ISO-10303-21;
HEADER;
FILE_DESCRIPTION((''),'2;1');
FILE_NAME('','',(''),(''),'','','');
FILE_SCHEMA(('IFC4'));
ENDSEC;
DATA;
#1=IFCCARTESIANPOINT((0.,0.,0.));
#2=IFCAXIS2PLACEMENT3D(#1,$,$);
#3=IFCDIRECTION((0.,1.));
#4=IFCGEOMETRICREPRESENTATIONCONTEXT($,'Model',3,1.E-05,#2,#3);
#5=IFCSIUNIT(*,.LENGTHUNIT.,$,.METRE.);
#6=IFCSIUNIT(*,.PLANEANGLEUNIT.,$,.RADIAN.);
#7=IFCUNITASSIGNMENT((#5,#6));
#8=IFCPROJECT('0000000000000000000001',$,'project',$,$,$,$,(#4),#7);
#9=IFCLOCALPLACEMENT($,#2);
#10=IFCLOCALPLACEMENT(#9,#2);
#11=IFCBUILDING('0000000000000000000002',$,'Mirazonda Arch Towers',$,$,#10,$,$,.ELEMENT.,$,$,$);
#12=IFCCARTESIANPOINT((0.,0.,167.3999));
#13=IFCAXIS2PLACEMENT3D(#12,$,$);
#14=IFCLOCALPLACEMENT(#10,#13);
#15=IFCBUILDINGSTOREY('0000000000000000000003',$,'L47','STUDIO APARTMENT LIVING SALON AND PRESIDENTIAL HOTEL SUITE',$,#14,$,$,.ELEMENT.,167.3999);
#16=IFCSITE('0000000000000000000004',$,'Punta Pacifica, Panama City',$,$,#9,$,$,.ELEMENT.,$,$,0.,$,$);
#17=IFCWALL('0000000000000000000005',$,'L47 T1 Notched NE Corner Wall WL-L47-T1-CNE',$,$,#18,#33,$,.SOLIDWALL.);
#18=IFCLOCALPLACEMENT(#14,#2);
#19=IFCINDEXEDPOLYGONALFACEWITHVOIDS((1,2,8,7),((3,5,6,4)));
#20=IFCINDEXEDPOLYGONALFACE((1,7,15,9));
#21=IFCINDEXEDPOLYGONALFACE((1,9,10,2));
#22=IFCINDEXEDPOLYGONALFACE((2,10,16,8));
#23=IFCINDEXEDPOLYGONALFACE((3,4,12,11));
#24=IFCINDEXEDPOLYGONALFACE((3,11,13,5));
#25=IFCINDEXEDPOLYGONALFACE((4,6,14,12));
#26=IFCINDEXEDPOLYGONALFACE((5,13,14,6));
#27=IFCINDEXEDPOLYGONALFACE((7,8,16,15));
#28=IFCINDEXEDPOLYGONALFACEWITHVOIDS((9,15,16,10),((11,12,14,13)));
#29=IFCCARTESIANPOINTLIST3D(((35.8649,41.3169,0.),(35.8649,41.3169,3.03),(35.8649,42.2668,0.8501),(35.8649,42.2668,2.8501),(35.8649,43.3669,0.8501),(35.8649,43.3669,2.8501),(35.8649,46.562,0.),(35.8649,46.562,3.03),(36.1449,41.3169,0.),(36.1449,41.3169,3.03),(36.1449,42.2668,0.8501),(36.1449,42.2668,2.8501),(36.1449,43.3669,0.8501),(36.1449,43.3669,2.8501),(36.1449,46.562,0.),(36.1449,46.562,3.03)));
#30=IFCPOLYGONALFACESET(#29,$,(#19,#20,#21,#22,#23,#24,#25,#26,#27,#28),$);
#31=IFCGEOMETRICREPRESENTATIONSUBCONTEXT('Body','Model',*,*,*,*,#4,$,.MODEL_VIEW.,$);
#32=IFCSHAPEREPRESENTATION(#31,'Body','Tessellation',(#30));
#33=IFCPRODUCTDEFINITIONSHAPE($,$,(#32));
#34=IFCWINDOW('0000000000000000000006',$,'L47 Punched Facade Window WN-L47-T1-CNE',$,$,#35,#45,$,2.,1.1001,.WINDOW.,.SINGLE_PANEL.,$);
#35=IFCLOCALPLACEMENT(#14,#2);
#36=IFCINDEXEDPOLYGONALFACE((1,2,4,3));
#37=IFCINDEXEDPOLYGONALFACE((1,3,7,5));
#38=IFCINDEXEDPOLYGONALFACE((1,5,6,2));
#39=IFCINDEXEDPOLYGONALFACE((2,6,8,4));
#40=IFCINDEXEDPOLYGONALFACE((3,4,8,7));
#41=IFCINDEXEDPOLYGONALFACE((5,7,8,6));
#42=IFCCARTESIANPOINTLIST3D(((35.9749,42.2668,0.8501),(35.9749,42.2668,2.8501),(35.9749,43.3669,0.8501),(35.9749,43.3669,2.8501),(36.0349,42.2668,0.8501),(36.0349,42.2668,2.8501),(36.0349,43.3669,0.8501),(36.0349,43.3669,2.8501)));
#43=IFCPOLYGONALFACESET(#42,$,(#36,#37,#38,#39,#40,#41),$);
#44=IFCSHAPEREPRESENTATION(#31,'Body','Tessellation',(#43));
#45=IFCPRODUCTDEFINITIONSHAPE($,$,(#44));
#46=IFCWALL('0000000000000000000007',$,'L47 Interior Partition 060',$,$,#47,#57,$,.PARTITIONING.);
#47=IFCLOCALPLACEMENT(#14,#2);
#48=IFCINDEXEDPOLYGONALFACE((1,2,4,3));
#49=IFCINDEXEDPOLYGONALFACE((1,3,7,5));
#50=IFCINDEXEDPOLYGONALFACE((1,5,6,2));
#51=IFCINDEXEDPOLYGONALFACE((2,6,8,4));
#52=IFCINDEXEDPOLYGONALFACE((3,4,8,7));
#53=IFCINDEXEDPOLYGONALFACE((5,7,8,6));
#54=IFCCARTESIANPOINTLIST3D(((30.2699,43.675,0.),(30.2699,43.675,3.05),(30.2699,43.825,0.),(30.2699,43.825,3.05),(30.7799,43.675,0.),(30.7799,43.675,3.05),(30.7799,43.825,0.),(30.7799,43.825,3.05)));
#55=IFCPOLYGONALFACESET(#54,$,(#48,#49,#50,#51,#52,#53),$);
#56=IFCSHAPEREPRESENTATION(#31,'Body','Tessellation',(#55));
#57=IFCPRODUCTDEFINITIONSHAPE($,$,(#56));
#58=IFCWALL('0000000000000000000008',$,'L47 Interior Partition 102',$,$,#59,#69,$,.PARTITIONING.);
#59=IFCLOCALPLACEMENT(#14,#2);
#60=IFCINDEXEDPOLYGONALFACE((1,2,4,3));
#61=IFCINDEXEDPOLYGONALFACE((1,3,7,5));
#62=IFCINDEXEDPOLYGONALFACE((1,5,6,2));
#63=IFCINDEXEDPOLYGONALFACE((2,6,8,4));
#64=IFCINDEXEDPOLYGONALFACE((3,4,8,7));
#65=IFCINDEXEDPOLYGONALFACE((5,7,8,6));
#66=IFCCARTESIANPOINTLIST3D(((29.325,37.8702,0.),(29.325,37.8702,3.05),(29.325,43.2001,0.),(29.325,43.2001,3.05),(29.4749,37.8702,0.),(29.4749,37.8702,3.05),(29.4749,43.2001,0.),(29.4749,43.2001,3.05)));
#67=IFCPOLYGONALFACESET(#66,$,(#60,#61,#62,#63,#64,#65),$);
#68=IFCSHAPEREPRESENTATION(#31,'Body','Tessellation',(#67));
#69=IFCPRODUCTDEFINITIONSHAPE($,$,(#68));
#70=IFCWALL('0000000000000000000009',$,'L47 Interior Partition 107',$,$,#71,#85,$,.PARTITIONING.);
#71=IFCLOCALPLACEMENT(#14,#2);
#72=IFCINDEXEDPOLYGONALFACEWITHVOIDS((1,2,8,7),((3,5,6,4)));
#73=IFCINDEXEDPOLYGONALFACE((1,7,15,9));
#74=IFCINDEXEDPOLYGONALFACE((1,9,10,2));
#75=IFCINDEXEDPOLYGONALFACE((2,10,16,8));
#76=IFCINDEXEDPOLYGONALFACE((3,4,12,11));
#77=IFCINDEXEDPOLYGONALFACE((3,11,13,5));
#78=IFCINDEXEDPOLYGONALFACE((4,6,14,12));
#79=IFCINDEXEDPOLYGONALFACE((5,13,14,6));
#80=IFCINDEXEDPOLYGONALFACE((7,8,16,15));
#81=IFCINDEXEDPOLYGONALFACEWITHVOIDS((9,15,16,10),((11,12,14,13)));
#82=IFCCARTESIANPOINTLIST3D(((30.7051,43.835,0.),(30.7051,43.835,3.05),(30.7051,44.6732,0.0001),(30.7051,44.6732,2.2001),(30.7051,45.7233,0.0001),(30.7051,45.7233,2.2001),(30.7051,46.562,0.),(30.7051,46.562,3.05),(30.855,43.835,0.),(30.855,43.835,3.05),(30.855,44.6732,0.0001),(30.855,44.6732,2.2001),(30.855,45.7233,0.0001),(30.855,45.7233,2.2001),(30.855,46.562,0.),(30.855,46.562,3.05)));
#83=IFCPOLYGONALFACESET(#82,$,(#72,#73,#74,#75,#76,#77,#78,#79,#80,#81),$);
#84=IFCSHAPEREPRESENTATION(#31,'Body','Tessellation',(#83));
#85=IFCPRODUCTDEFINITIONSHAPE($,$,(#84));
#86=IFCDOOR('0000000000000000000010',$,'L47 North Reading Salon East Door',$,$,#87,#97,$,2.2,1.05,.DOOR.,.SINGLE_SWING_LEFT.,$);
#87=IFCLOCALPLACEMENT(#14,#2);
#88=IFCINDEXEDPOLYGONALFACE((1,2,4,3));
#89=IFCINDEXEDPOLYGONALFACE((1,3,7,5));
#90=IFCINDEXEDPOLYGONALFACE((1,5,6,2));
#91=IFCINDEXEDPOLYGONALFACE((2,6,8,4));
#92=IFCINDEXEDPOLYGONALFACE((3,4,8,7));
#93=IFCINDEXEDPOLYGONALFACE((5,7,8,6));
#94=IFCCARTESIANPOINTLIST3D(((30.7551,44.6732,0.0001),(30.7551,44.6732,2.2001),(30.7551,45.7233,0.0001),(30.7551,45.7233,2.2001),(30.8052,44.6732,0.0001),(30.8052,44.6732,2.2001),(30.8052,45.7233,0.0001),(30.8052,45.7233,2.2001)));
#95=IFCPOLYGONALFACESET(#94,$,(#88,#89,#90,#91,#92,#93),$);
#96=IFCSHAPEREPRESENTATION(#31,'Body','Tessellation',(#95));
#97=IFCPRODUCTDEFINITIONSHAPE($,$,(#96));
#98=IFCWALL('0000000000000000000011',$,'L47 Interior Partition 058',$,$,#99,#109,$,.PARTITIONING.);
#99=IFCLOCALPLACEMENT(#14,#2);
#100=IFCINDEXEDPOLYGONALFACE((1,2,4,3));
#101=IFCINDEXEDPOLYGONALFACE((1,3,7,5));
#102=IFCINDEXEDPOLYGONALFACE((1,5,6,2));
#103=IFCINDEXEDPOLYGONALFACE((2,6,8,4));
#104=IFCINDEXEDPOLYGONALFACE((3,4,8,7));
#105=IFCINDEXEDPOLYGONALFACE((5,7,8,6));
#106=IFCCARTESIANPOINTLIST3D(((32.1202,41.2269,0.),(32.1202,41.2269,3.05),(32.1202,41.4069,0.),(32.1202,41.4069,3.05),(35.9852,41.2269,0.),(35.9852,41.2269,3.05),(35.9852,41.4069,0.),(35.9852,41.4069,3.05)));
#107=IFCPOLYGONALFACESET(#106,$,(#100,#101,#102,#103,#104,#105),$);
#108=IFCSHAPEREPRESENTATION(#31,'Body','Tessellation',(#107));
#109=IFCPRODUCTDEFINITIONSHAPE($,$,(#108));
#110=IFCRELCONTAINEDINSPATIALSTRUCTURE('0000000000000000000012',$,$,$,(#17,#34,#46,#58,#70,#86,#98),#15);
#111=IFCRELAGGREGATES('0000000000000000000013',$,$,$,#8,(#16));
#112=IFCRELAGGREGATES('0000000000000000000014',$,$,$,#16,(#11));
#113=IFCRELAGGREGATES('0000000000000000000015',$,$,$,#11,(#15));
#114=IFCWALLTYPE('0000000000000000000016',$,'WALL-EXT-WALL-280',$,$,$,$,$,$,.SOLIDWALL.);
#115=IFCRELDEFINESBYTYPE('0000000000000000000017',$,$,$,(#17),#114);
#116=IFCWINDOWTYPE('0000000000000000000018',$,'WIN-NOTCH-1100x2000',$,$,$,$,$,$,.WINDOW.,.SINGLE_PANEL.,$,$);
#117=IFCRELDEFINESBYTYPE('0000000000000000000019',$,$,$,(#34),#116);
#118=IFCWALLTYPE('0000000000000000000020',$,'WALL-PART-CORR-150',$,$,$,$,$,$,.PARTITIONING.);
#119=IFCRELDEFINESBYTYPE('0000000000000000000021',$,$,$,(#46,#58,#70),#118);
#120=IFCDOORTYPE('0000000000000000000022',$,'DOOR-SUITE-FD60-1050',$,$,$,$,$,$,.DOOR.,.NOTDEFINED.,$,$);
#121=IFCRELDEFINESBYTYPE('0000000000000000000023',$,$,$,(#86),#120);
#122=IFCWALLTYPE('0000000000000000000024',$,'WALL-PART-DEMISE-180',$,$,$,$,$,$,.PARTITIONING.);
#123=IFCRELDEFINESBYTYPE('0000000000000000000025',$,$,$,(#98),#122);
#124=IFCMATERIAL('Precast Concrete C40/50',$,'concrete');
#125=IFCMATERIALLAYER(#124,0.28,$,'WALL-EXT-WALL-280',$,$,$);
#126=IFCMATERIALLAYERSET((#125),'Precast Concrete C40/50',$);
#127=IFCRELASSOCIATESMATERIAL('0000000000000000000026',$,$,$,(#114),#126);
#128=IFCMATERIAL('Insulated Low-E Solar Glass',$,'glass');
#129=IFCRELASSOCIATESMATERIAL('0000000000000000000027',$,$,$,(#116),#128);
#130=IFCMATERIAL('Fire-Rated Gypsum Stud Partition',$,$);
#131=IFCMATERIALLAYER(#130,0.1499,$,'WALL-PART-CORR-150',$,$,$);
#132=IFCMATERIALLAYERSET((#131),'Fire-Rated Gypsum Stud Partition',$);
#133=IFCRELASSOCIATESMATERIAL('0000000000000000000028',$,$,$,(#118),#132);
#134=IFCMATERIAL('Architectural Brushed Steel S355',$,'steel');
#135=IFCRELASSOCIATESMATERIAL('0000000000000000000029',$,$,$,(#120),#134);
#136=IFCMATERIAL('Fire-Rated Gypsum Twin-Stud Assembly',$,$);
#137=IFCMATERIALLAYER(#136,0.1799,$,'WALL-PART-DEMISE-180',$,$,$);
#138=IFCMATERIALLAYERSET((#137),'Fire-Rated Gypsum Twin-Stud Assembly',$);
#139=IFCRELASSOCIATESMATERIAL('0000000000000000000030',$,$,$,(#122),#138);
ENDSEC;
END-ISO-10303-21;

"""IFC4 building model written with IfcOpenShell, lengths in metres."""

from ifc_helpers import new_model, si_unit, direction, frame, frame_2d, origin, place, context, subcontext, project, spatial, rectangle, extrude, material, layer, layer_set, type_object, element, fill, save


model = new_model("IFC4")

# Units and contexts
model_context = context("Model", 3, precision=1e-05, world=origin(), true_north=direction((0.0, 1.0)))
body_context = subcontext(model_context, "Body", "Model", "MODEL_VIEW")
ifc_project = project(units=[si_unit("LENGTHUNIT", "METRE"), si_unit("PLANEANGLEUNIT", "RADIAN")], contexts=[model_context])

# Site, building, storey
site_placement = place(None, origin())
site = spatial("IfcSite", under=ifc_project, at=site_placement, Name="Punta Pacifica, Panama City", CompositionType="ELEMENT", RefElevation=0.0)
building_placement = place(site_placement, origin())
building = spatial("IfcBuilding", under=site, at=building_placement, Name="Mirazonda Arch Towers", CompositionType="ELEMENT")
storey_placement = place(building_placement, frame((0.0, 0.0, 167.3999)))
storey = spatial("IfcBuildingStorey", under=building, at=storey_placement, Name="L47", Description="STUDIO APARTMENT LIVING SALON AND PRESIDENTIAL HOTEL SUITE", CompositionType="ELEMENT", Elevation=167.3999)

# Shared definitions
ifc_material_1 = material(Name="Insulated Low-E Solar Glass", Category="glass")

# Wall, opening, window
ifc_material_2 = material(Name="Precast Concrete C40/50", Category="concrete")
ifc_layer_1 = layer(ifc_material_2, 0.28, Name="WALL-EXT-WALL-280")
ifc_layer_set_1 = layer_set([ifc_layer_1], Name="Precast Concrete C40/50")
wall_type_1 = type_object("IfcWallType", Name="WALL-EXT-WALL-280", PredefinedType="SOLIDWALL", material=ifc_layer_set_1)
wall_1_placement = place(storey_placement, frame((36.0049, 41.3169, 0.0), z_axis=(0.0, 0.0, 1.0), x_axis=(0.0, 1.0, 0.0)))
wall_1 = element("IfcWall", 1, at=wall_1_placement, inside=storey, type_object=wall_type_1, Name="L47 T1 Notched NE Corner Wall WL-L47-T1-CNE", PredefinedType="SOLIDWALL", context=body_context, shape_type="SweptSolid", body=[
    extrude(rectangle(XDim=5.2451, YDim=0.28, at=frame_2d((2.6226, 0.0))), origin(), (0.0, 0.0, 1.0), 3.03),
])
opening_1_placement = place(wall_1_placement, frame((0.95, 0.0, 0.8501)))
opening_1 = element("IfcOpeningElement", 2, at=opening_1_placement, cuts=wall_1, PredefinedType="OPENING", context=body_context, shape_type="SweptSolid", body=[
    extrude(rectangle(XDim=1.1001, YDim=2.0, at=frame_2d((0.55, 1.0))), frame((0.0, 0.1499, 0.0), z_axis=(0.0, -1.0, 0.0), x_axis=(1.0, 0.0, 0.0)), (0.0, 0.0, 1.0), 0.3),
])
window_type = type_object("IfcWindowType", Name="WIN-NOTCH-1100x2000", PartitioningType="SINGLE_PANEL", PredefinedType="WINDOW", material=ifc_material_1)
window_placement = place(opening_1_placement, origin())
window = element("IfcWindow", 3, at=window_placement, inside=storey, type_object=window_type, Name="L47 Punched Facade Window WN-L47-T1-CNE", OverallHeight=2.0, OverallWidth=1.1001, PartitioningType="SINGLE_PANEL", PredefinedType="WINDOW", context=body_context, shape_type="SweptSolid", body=[
    extrude(rectangle(XDim=1.1001, YDim=2.0, at=frame_2d((0.55, 1.0))), frame((0.0, 0.03, 0.0), z_axis=(0.0, -1.0, 0.0), x_axis=(1.0, 0.0, 0.0)), (0.0, 0.0, 1.0), 0.0601),
])
fill(opening_1, window)

# Walls
ifc_material_3 = material(Name="Fire-Rated Gypsum Stud Partition")
ifc_layer_2 = layer(ifc_material_3, 0.1499, Name="WALL-PART-CORR-150")
ifc_layer_set_2 = layer_set([ifc_layer_2], Name="Fire-Rated Gypsum Stud Partition")
wall_type_2 = type_object("IfcWallType", Name="WALL-PART-CORR-150", PredefinedType="PARTITIONING", material=ifc_layer_set_2)
wall_2_placement = place(storey_placement, frame((30.27, 43.75, 0.0), z_axis=(0.0, 0.0, 1.0), x_axis=(1.0, 0.0, 0.0)))
element("IfcWall", 4, at=wall_2_placement, inside=storey, type_object=wall_type_2, Name="L47 Interior Partition 060", PredefinedType="PARTITIONING", context=body_context, shape_type="SweptSolid", body=[
    extrude(rectangle(XDim=0.51, YDim=0.1499, at=frame_2d((0.2549, 0.0))), origin(), (0.0, 0.0, 1.0), 3.05),
])
wall_3_placement = place(storey_placement, frame((29.3999, 37.8701, 0.0), z_axis=(0.0, 0.0, 1.0), x_axis=(0.0, 1.0, 0.0)))
element("IfcWall", 5, at=wall_3_placement, inside=storey, type_object=wall_type_2, Name="L47 Interior Partition 102", PredefinedType="PARTITIONING", context=body_context, shape_type="SweptSolid", body=[
    extrude(rectangle(XDim=5.3298, YDim=0.1499, at=frame_2d((2.665, 0.0))), origin(), (0.0, 0.0, 1.0), 3.05),
])

# Wall, opening, door
wall_4_placement = place(storey_placement, frame((30.78, 43.835, 0.0), z_axis=(0.0, 0.0, 1.0), x_axis=(0.0, 1.0, 0.0)))
wall_4 = element("IfcWall", 6, at=wall_4_placement, inside=storey, type_object=wall_type_2, Name="L47 Interior Partition 107", PredefinedType="PARTITIONING", context=body_context, shape_type="SweptSolid", body=[
    extrude(rectangle(XDim=2.7271, YDim=0.1499, at=frame_2d((1.3635, 0.0))), origin(), (0.0, 0.0, 1.0), 3.05),
])
opening_2_placement = place(wall_4_placement, frame((0.8384, 0.0, 0.0)))
opening_2 = element("IfcOpeningElement", 7, at=opening_2_placement, cuts=wall_4, PredefinedType="OPENING", context=body_context, shape_type="SweptSolid", body=[
    extrude(rectangle(XDim=1.05, YDim=2.2, at=frame_2d((0.5249, 1.1001))), frame((0.0, 0.085, 0.0), z_axis=(0.0, -1.0, 0.0), x_axis=(1.0, 0.0, 0.0)), (0.0, 0.0, 1.0), 0.1699),
])
ifc_material_4 = material(Name="Architectural Brushed Steel S355", Category="steel")
door_type_1 = type_object("IfcDoorType", Name="DOOR-SUITE-FD60-1050", OperationType="NOTDEFINED", PredefinedType="DOOR", material=ifc_material_4)
door_1_placement = place(opening_2_placement, origin())
door_1 = element("IfcDoor", 8, at=door_1_placement, inside=storey, type_object=door_type_1, Name="L47 North Reading Salon East Door", OperationType="SINGLE_SWING_LEFT", OverallHeight=2.2, OverallWidth=1.05, PredefinedType="DOOR", context=body_context, shape_type="SweptSolid", body=[
    extrude(rectangle(XDim=1.05, YDim=2.2, at=frame_2d((0.5249, 1.1001))), frame((0.0, 0.0249, 0.0), z_axis=(0.0, -1.0, 0.0), x_axis=(1.0, 0.0, 0.0)), (0.0, 0.0, 1.0), 0.05),
])
fill(opening_2, door_1)

# Wall
ifc_material_5 = material(Name="Fire-Rated Gypsum Twin-Stud Assembly")
ifc_layer_3 = layer(ifc_material_5, 0.1799, Name="WALL-PART-DEMISE-180")
ifc_layer_set_3 = layer_set([ifc_layer_3], Name="Fire-Rated Gypsum Twin-Stud Assembly")
wall_type_3 = type_object("IfcWallType", Name="WALL-PART-DEMISE-180", PredefinedType="PARTITIONING", material=ifc_layer_set_3)
wall_5_placement = place(storey_placement, frame((32.1201, 41.3169, 0.0), z_axis=(0.0, 0.0, 1.0), x_axis=(1.0, 0.0, 0.0)))
element("IfcWall", 9, at=wall_5_placement, inside=storey, type_object=wall_type_3, Name="L47 Interior Partition 058", PredefinedType="PARTITIONING", context=body_context, shape_type="SweptSolid", body=[
    extrude(rectangle(XDim=3.865, YDim=0.1799, at=frame_2d((1.9326, 0.0))), origin(), (0.0, 0.0, 1.0), 3.05),
])

save(model, "model.ifc")
